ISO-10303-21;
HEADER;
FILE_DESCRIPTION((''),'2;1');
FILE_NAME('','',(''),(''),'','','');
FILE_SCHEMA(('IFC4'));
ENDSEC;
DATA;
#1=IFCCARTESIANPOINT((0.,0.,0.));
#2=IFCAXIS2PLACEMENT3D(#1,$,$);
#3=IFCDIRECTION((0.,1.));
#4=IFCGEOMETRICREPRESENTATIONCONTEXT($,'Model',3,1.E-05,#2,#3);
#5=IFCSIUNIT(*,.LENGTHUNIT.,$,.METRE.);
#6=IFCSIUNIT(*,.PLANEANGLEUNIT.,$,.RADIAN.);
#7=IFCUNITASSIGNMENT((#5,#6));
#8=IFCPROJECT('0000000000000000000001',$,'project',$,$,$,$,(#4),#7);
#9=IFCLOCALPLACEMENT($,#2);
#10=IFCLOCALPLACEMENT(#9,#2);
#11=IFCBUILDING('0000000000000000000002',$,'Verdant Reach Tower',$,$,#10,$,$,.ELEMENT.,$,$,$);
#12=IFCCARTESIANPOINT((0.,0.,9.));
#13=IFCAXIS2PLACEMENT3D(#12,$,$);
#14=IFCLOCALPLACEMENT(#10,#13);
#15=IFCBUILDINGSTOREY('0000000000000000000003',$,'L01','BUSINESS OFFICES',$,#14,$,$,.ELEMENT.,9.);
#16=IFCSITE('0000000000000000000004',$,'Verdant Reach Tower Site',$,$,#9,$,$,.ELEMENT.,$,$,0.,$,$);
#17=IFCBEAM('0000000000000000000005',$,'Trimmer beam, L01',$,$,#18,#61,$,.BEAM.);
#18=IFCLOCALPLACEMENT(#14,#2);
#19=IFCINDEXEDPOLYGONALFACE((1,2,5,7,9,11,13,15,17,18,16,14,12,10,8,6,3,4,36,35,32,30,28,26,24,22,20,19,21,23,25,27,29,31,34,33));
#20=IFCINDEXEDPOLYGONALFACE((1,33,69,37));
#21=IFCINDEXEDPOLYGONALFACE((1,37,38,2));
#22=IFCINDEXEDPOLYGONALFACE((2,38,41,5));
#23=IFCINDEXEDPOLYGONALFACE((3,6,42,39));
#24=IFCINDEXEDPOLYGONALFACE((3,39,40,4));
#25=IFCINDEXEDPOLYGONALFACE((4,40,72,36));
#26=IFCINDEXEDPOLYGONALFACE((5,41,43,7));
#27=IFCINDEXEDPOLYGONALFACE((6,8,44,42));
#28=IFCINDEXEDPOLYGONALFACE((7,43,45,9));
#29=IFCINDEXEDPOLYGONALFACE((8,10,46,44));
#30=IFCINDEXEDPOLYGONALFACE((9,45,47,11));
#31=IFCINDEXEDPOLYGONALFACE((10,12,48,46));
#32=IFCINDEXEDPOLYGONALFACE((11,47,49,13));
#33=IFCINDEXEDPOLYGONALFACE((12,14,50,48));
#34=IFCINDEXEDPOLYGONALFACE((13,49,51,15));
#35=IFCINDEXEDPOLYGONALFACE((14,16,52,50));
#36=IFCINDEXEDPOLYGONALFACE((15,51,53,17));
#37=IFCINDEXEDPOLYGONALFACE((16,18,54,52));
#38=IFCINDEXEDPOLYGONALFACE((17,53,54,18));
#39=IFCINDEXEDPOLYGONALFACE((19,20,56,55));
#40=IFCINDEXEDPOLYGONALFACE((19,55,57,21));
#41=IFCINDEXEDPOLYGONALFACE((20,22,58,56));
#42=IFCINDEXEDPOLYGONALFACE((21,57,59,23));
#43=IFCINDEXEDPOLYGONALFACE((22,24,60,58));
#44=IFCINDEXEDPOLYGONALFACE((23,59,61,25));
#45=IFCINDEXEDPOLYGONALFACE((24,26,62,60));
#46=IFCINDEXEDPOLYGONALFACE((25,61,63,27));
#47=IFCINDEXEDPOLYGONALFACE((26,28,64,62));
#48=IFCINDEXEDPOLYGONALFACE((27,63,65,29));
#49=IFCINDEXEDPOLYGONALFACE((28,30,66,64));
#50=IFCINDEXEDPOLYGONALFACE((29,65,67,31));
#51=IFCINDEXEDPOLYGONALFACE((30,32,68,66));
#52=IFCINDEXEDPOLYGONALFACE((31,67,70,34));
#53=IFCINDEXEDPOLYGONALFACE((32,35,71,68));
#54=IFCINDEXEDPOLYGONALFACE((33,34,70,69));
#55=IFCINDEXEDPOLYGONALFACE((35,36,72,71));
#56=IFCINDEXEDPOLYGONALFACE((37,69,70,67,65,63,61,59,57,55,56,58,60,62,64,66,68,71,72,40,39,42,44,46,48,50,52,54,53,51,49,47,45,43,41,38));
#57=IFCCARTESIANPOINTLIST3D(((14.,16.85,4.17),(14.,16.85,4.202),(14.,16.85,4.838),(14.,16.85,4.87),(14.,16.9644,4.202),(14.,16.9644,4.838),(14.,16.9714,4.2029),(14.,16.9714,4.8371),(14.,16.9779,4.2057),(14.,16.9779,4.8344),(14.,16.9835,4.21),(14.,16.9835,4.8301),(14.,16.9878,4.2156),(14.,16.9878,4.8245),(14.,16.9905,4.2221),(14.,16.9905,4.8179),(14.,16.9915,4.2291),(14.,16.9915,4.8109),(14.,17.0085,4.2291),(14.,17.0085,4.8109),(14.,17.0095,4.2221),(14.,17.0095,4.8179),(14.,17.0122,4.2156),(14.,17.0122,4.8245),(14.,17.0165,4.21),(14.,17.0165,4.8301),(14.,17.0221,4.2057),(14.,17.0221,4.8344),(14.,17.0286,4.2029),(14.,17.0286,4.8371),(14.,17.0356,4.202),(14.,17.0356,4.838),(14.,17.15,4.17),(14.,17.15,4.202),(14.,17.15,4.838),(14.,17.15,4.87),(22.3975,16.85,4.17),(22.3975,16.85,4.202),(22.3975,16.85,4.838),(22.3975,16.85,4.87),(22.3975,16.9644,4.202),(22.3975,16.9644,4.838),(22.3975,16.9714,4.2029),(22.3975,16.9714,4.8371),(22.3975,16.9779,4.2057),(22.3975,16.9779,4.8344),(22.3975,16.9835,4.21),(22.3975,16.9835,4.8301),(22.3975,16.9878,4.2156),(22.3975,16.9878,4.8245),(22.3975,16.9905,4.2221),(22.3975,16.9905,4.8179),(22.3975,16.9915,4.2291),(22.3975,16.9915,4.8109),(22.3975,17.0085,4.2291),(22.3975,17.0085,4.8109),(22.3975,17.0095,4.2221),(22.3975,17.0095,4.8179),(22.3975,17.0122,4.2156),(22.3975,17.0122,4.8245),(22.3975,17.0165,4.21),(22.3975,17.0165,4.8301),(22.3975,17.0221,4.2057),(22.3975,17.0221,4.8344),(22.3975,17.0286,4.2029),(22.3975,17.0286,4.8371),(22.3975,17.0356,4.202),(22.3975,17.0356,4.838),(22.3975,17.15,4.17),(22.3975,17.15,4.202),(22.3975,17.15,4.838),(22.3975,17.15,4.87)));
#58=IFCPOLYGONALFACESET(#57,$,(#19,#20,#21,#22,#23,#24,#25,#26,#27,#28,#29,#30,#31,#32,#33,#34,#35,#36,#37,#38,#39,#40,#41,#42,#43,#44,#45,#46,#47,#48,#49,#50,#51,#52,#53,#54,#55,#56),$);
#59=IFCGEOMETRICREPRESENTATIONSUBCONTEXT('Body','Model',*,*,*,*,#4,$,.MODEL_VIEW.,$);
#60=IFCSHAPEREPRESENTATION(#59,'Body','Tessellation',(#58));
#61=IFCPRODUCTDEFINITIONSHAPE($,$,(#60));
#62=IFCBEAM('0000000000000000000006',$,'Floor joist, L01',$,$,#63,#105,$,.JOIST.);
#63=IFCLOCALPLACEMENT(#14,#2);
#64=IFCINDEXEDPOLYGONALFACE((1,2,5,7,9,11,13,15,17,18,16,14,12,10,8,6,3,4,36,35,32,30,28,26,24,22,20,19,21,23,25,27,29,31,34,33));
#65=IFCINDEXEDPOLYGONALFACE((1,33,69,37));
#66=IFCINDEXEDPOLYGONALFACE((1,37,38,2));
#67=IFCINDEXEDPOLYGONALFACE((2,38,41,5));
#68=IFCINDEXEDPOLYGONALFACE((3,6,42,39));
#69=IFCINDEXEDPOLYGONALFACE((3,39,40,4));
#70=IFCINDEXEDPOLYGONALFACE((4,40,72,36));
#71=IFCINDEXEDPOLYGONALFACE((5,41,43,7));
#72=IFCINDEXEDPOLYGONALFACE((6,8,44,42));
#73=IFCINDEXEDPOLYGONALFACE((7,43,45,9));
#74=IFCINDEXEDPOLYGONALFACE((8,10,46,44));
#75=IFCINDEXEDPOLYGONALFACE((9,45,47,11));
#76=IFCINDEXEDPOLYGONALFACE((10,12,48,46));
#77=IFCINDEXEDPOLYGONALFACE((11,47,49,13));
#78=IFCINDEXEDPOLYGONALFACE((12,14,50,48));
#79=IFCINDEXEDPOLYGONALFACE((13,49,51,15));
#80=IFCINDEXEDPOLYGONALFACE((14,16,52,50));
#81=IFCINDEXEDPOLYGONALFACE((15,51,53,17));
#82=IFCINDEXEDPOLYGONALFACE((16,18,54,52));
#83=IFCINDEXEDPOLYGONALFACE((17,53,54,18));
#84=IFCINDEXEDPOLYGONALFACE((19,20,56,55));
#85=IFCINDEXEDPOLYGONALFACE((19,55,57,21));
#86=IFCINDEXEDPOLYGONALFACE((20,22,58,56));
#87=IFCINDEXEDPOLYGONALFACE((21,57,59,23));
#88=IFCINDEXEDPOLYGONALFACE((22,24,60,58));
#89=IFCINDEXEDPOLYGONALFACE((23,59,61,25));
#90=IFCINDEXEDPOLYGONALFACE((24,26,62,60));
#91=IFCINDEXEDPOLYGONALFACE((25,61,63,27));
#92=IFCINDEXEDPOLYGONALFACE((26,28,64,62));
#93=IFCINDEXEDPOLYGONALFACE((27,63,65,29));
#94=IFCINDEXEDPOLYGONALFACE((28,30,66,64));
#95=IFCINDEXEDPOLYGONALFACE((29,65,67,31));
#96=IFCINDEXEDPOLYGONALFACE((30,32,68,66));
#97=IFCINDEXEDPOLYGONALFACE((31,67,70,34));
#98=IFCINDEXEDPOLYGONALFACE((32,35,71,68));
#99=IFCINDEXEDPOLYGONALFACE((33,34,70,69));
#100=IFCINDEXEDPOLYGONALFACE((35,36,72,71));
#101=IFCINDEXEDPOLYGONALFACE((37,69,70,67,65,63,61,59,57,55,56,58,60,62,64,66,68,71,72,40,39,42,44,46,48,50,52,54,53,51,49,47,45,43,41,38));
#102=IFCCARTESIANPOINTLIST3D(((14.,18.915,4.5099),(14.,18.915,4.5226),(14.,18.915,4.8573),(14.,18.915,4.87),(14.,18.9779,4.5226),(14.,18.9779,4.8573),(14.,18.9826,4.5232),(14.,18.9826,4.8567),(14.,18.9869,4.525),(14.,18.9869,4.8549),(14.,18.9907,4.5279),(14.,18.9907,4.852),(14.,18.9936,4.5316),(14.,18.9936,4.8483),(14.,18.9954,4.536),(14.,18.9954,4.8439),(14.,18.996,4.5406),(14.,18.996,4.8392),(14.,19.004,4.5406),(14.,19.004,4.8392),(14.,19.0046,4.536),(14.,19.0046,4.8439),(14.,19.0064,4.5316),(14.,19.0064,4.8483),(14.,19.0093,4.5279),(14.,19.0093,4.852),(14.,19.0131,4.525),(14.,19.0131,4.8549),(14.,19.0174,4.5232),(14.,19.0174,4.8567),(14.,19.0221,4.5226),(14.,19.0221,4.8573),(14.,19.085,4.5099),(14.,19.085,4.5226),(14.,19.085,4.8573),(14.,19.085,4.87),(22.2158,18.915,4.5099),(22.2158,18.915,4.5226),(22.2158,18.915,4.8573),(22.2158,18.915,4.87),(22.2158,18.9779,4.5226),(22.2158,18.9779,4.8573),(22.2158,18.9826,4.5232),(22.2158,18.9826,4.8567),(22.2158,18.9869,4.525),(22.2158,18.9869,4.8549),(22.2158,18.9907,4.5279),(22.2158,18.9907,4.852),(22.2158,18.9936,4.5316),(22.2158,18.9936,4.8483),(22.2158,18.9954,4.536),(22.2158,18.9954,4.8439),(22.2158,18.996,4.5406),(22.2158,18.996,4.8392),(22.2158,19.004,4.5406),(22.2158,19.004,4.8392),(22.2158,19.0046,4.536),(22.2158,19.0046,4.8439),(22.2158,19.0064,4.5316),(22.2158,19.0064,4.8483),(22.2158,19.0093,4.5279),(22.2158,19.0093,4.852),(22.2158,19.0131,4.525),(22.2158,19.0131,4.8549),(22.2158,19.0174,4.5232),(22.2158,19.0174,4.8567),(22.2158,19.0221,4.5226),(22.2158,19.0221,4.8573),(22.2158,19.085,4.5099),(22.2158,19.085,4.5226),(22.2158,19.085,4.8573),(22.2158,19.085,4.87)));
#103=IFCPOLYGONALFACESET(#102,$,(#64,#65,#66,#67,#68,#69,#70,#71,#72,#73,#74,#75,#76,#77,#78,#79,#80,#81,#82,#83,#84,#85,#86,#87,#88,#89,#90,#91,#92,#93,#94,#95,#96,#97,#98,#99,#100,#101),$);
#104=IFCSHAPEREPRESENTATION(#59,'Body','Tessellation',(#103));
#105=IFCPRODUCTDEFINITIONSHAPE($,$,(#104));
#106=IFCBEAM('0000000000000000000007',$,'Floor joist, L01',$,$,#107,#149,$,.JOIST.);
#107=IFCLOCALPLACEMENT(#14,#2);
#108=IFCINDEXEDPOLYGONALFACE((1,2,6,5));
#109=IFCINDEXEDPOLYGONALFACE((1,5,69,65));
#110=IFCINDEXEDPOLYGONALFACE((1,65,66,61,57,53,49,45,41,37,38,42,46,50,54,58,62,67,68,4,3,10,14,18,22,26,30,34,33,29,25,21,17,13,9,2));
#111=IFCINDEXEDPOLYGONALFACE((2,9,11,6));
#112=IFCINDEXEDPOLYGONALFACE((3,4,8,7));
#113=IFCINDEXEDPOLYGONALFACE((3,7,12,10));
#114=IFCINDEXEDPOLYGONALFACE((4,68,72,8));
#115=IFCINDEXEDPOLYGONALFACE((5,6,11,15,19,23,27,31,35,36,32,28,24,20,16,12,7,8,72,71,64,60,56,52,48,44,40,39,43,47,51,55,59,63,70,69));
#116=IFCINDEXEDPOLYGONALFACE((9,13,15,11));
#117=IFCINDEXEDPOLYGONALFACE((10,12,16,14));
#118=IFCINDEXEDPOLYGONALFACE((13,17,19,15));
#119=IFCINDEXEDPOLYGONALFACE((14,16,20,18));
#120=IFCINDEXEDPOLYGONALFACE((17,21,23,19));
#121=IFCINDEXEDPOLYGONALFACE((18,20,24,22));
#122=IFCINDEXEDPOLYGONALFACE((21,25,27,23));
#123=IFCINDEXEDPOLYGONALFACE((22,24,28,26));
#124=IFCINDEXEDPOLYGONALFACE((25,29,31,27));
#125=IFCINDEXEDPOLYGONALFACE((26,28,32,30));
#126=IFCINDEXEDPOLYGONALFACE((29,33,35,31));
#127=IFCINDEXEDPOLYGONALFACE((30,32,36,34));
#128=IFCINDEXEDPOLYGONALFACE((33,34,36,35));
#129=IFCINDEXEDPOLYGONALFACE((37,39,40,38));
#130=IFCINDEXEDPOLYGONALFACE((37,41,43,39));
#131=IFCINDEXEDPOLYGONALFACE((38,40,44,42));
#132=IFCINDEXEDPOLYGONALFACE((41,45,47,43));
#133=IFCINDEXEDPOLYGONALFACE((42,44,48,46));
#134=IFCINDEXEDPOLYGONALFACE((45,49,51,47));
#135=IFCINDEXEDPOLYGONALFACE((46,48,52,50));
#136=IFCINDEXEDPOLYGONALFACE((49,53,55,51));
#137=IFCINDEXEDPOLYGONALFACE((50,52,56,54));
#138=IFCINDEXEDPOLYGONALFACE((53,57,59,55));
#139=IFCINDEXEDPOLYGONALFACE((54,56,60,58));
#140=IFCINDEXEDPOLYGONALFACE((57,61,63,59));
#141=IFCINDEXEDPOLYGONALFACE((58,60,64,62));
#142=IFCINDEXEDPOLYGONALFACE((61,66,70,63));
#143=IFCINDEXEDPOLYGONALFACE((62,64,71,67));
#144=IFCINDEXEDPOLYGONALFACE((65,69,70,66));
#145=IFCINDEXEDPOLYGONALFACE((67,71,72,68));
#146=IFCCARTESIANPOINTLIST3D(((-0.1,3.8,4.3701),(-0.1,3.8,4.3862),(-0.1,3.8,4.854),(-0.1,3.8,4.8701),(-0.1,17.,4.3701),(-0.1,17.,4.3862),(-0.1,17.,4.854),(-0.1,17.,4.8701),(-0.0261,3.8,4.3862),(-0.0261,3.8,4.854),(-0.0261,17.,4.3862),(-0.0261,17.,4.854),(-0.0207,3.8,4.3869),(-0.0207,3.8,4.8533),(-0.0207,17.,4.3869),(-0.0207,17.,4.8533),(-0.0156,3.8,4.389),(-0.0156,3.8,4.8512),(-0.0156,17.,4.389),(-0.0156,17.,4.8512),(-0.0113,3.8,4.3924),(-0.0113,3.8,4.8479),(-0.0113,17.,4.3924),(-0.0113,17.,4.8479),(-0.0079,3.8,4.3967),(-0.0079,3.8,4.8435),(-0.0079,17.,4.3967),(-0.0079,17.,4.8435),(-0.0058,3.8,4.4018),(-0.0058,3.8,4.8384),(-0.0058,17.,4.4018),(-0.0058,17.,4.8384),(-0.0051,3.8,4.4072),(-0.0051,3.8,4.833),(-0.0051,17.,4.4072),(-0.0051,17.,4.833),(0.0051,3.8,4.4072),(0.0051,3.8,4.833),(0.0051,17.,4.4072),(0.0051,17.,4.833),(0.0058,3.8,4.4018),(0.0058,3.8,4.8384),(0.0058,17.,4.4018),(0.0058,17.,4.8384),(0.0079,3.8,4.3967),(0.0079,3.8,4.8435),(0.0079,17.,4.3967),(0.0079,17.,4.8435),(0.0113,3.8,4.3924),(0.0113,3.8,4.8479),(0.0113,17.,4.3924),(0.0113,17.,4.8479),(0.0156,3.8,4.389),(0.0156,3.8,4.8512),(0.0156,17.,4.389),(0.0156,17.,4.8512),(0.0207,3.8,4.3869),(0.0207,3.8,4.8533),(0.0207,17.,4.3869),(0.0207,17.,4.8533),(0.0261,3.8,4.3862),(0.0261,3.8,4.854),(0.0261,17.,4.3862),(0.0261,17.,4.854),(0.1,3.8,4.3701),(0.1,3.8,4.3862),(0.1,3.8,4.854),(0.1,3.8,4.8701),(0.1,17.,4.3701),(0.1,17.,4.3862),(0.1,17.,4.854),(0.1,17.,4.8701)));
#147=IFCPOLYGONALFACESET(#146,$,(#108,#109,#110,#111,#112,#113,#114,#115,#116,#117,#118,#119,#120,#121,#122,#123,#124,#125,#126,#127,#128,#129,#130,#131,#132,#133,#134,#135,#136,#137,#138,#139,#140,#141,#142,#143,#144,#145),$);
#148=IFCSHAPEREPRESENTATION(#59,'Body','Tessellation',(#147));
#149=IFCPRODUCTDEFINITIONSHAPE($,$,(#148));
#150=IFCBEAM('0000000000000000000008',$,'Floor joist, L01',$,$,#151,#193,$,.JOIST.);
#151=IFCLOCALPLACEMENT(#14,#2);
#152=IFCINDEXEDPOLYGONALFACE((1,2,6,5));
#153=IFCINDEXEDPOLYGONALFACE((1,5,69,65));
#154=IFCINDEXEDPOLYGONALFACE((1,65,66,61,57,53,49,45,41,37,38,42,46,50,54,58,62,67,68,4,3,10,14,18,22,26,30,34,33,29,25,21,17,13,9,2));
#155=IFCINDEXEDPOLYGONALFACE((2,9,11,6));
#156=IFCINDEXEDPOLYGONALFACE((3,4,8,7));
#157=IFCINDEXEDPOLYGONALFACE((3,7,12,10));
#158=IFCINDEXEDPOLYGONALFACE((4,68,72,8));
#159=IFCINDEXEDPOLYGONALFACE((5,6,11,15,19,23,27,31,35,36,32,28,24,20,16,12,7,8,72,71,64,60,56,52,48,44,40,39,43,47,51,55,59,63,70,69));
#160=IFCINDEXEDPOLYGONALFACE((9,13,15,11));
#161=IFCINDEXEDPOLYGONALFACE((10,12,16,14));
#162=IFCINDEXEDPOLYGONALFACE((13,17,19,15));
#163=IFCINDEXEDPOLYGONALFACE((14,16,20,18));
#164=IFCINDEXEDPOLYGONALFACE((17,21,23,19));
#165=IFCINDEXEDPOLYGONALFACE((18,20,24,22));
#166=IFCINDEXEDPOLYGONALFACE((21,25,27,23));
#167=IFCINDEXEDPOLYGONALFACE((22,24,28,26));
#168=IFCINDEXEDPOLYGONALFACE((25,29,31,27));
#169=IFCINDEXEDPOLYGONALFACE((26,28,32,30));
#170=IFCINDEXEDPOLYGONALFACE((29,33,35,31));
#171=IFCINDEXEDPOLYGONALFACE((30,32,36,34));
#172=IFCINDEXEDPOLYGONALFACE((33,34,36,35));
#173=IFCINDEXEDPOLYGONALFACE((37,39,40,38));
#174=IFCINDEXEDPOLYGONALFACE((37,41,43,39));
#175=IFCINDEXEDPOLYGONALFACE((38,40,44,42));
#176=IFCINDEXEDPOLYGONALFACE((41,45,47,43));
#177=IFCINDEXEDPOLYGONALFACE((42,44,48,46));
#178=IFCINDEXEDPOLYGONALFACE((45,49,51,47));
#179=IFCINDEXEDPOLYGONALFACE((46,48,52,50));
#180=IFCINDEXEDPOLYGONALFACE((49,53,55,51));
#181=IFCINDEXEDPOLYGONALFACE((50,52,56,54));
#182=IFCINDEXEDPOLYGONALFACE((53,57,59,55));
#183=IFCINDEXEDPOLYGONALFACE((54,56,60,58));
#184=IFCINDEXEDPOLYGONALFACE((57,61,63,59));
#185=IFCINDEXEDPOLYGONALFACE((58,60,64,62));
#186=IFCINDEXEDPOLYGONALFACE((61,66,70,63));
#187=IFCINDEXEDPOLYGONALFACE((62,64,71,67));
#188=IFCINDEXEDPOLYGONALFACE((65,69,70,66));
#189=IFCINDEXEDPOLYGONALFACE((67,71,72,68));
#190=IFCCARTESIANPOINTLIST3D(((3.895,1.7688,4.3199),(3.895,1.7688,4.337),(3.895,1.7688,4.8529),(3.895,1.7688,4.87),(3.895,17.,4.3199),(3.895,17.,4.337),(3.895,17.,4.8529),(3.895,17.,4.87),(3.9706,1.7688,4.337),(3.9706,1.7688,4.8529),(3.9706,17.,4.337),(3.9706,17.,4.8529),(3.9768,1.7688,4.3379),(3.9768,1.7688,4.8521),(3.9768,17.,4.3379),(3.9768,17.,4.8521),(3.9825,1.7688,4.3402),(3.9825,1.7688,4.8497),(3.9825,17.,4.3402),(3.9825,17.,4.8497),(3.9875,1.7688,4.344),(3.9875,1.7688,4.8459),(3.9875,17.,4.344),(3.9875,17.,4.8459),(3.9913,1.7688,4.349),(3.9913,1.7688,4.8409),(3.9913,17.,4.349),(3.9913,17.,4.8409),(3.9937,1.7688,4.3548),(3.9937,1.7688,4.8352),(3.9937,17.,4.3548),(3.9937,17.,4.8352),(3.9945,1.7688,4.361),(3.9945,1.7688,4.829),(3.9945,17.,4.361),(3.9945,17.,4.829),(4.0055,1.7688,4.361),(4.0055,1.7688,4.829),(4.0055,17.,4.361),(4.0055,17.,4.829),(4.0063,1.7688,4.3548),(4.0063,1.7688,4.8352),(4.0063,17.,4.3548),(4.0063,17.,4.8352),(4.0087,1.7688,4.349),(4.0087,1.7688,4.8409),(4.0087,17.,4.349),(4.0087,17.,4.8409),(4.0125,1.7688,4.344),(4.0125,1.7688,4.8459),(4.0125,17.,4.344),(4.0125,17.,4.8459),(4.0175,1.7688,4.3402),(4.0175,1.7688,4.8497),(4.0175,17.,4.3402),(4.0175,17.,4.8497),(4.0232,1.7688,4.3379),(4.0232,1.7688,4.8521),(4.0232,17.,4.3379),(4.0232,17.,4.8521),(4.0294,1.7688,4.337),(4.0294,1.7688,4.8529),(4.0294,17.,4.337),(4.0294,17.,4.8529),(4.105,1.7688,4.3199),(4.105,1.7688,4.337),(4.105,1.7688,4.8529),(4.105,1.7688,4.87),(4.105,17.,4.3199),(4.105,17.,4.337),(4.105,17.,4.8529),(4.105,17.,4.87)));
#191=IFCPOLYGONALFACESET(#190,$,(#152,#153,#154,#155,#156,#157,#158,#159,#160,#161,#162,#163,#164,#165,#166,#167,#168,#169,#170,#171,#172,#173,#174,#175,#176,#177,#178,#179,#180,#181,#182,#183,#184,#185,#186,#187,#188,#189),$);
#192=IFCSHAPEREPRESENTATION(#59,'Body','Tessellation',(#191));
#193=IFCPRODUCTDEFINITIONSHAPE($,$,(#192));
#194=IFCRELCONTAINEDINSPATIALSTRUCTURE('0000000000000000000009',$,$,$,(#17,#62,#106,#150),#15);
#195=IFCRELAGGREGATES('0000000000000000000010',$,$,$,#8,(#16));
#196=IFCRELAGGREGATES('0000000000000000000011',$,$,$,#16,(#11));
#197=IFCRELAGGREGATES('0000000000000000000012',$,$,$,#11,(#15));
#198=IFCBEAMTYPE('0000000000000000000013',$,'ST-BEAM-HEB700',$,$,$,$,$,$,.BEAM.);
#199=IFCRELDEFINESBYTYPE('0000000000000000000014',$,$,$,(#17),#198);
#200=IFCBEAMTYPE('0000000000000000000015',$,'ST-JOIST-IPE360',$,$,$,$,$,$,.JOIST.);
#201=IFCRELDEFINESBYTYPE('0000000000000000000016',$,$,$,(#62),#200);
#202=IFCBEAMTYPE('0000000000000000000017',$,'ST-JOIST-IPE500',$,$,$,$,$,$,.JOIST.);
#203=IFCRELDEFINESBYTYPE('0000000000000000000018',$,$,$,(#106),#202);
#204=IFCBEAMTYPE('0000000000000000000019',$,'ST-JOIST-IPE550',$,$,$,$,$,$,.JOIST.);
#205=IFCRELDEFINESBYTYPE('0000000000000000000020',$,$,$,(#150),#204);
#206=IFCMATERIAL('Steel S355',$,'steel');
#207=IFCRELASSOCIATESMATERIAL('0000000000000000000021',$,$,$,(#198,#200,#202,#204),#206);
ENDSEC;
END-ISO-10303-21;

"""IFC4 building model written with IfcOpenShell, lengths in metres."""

from ifc_helpers import new_model, si_unit, direction, frame, origin, origin_2d, place, context, subcontext, project, spatial, i_section, extrude, material, material_profile, profile_set, type_object, element, save


model = new_model("IFC4")

# Units and contexts
model_context = context("Model", 3, precision=1e-05, world=origin(), true_north=direction((0.0, 1.0)))
body_context = subcontext(model_context, "Body", "Model", "MODEL_VIEW")
ifc_project = project(units=[si_unit("LENGTHUNIT", "METRE"), si_unit("PLANEANGLEUNIT", "RADIAN")], contexts=[model_context])

# Site, building, storey
site_placement = place(None, origin())
site = spatial("IfcSite", under=ifc_project, at=site_placement, Name="Verdant Reach Tower Site", CompositionType="ELEMENT", RefElevation=0.0)
building_placement = place(site_placement, origin())
building = spatial("IfcBuilding", under=site, at=building_placement, Name="Verdant Reach Tower", CompositionType="ELEMENT")
storey_placement = place(building_placement, frame((0.0, 0.0, 9.0)))
storey = spatial("IfcBuildingStorey", under=building, at=storey_placement, Name="L01", Description="BUSINESS OFFICES", CompositionType="ELEMENT", Elevation=9.0)

# Beams
ifc_material_1 = material(Name="Steel S355", Category="steel")
ifc_material_profile_1 = material_profile(ifc_material_1, i_section(OverallWidth=0.3, OverallDepth=0.7, WebThickness=0.0171, FlangeThickness=0.032, FilletRadius=0.0271, at=origin_2d()), Name="HEB 700")
ifc_profile_set_1 = profile_set([ifc_material_profile_1], Name="Steel S355")
beam_type_1 = type_object("IfcBeamType", Name="ST-BEAM-HEB700", PredefinedType="BEAM", material=ifc_profile_set_1)
beam_1_placement = place(storey_placement, frame((14.0, 17.0, 4.52), z_axis=(1.0, 0.0, 0.0), x_axis=(0.0, 1.0, 0.0)))
element("IfcBeam", 1, at=beam_1_placement, inside=storey, type_object=beam_type_1, Name="Trimmer beam, L01", PredefinedType="BEAM", context=body_context, shape_type="SweptSolid", body=[
    extrude(i_section(OverallWidth=0.3, OverallDepth=0.7, WebThickness=0.0171, FlangeThickness=0.032, FilletRadius=0.0271, at=origin_2d()), origin(), (0.0, 0.0, 1.0), 8.3975),
])
ifc_material_profile_2 = material_profile(ifc_material_1, i_section(OverallWidth=0.1699, OverallDepth=0.3601, WebThickness=0.0081, FlangeThickness=0.0127, FilletRadius=0.0181, at=origin_2d()), Name="IPE 360")
ifc_profile_set_2 = profile_set([ifc_material_profile_2], Name="Steel S355")
beam_type_2 = type_object("IfcBeamType", Name="ST-JOIST-IPE360", PredefinedType="JOIST", material=ifc_profile_set_2)
beam_2_placement = place(storey_placement, frame((14.0, 19.0, 4.6899), z_axis=(1.0, 0.0, 0.0), x_axis=(0.0, 1.0, 0.0)))
element("IfcBeam", 2, at=beam_2_placement, inside=storey, type_object=beam_type_2, Name="Floor joist, L01", PredefinedType="JOIST", context=body_context, shape_type="SweptSolid", body=[
    extrude(i_section(OverallWidth=0.1699, OverallDepth=0.3601, WebThickness=0.0081, FlangeThickness=0.0127, FilletRadius=0.0181, at=origin_2d()), origin(), (0.0, 0.0, 1.0), 8.2158),
])
ifc_material_profile_3 = material_profile(ifc_material_1, i_section(OverallWidth=0.2, OverallDepth=0.5, WebThickness=0.0103, FlangeThickness=0.0161, FilletRadius=0.021, at=origin_2d()), Name="IPE 500")
ifc_profile_set_3 = profile_set([ifc_material_profile_3], Name="Steel S355")
beam_type_3 = type_object("IfcBeamType", Name="ST-JOIST-IPE500", PredefinedType="JOIST", material=ifc_profile_set_3)
beam_3_placement = place(storey_placement, frame((0.0, 17.0, 4.6201), z_axis=(0.0, -1.0, 0.0), x_axis=(1.0, 0.0, 0.0)))
element("IfcBeam", 3, at=beam_3_placement, inside=storey, type_object=beam_type_3, Name="Floor joist, L01", PredefinedType="JOIST", context=body_context, shape_type="SweptSolid", body=[
    extrude(i_section(OverallWidth=0.2, OverallDepth=0.5, WebThickness=0.0103, FlangeThickness=0.0161, FilletRadius=0.021, at=origin_2d()), origin(), (0.0, 0.0, 1.0), 13.2),
])
ifc_material_profile_4 = material_profile(ifc_material_1, i_section(OverallWidth=0.21, OverallDepth=0.55, WebThickness=0.011, FlangeThickness=0.0171, FilletRadius=0.0239, at=origin_2d()), Name="IPE 550")
ifc_profile_set_4 = profile_set([ifc_material_profile_4], Name="Steel S355")
beam_type_4 = type_object("IfcBeamType", Name="ST-JOIST-IPE550", PredefinedType="JOIST", material=ifc_profile_set_4)
beam_4_placement = place(storey_placement, frame((4.0, 17.0, 4.595), z_axis=(0.0, -1.0, 0.0), x_axis=(1.0, 0.0, 0.0)))
element("IfcBeam", 4, at=beam_4_placement, inside=storey, type_object=beam_type_4, Name="Floor joist, L01", PredefinedType="JOIST", context=body_context, shape_type="SweptSolid", body=[
    extrude(i_section(OverallWidth=0.21, OverallDepth=0.55, WebThickness=0.011, FlangeThickness=0.0171, FilletRadius=0.0239, at=origin_2d()), origin(), (0.0, 0.0, 1.0), 15.2312),
])

save(model, "model.ifc")
